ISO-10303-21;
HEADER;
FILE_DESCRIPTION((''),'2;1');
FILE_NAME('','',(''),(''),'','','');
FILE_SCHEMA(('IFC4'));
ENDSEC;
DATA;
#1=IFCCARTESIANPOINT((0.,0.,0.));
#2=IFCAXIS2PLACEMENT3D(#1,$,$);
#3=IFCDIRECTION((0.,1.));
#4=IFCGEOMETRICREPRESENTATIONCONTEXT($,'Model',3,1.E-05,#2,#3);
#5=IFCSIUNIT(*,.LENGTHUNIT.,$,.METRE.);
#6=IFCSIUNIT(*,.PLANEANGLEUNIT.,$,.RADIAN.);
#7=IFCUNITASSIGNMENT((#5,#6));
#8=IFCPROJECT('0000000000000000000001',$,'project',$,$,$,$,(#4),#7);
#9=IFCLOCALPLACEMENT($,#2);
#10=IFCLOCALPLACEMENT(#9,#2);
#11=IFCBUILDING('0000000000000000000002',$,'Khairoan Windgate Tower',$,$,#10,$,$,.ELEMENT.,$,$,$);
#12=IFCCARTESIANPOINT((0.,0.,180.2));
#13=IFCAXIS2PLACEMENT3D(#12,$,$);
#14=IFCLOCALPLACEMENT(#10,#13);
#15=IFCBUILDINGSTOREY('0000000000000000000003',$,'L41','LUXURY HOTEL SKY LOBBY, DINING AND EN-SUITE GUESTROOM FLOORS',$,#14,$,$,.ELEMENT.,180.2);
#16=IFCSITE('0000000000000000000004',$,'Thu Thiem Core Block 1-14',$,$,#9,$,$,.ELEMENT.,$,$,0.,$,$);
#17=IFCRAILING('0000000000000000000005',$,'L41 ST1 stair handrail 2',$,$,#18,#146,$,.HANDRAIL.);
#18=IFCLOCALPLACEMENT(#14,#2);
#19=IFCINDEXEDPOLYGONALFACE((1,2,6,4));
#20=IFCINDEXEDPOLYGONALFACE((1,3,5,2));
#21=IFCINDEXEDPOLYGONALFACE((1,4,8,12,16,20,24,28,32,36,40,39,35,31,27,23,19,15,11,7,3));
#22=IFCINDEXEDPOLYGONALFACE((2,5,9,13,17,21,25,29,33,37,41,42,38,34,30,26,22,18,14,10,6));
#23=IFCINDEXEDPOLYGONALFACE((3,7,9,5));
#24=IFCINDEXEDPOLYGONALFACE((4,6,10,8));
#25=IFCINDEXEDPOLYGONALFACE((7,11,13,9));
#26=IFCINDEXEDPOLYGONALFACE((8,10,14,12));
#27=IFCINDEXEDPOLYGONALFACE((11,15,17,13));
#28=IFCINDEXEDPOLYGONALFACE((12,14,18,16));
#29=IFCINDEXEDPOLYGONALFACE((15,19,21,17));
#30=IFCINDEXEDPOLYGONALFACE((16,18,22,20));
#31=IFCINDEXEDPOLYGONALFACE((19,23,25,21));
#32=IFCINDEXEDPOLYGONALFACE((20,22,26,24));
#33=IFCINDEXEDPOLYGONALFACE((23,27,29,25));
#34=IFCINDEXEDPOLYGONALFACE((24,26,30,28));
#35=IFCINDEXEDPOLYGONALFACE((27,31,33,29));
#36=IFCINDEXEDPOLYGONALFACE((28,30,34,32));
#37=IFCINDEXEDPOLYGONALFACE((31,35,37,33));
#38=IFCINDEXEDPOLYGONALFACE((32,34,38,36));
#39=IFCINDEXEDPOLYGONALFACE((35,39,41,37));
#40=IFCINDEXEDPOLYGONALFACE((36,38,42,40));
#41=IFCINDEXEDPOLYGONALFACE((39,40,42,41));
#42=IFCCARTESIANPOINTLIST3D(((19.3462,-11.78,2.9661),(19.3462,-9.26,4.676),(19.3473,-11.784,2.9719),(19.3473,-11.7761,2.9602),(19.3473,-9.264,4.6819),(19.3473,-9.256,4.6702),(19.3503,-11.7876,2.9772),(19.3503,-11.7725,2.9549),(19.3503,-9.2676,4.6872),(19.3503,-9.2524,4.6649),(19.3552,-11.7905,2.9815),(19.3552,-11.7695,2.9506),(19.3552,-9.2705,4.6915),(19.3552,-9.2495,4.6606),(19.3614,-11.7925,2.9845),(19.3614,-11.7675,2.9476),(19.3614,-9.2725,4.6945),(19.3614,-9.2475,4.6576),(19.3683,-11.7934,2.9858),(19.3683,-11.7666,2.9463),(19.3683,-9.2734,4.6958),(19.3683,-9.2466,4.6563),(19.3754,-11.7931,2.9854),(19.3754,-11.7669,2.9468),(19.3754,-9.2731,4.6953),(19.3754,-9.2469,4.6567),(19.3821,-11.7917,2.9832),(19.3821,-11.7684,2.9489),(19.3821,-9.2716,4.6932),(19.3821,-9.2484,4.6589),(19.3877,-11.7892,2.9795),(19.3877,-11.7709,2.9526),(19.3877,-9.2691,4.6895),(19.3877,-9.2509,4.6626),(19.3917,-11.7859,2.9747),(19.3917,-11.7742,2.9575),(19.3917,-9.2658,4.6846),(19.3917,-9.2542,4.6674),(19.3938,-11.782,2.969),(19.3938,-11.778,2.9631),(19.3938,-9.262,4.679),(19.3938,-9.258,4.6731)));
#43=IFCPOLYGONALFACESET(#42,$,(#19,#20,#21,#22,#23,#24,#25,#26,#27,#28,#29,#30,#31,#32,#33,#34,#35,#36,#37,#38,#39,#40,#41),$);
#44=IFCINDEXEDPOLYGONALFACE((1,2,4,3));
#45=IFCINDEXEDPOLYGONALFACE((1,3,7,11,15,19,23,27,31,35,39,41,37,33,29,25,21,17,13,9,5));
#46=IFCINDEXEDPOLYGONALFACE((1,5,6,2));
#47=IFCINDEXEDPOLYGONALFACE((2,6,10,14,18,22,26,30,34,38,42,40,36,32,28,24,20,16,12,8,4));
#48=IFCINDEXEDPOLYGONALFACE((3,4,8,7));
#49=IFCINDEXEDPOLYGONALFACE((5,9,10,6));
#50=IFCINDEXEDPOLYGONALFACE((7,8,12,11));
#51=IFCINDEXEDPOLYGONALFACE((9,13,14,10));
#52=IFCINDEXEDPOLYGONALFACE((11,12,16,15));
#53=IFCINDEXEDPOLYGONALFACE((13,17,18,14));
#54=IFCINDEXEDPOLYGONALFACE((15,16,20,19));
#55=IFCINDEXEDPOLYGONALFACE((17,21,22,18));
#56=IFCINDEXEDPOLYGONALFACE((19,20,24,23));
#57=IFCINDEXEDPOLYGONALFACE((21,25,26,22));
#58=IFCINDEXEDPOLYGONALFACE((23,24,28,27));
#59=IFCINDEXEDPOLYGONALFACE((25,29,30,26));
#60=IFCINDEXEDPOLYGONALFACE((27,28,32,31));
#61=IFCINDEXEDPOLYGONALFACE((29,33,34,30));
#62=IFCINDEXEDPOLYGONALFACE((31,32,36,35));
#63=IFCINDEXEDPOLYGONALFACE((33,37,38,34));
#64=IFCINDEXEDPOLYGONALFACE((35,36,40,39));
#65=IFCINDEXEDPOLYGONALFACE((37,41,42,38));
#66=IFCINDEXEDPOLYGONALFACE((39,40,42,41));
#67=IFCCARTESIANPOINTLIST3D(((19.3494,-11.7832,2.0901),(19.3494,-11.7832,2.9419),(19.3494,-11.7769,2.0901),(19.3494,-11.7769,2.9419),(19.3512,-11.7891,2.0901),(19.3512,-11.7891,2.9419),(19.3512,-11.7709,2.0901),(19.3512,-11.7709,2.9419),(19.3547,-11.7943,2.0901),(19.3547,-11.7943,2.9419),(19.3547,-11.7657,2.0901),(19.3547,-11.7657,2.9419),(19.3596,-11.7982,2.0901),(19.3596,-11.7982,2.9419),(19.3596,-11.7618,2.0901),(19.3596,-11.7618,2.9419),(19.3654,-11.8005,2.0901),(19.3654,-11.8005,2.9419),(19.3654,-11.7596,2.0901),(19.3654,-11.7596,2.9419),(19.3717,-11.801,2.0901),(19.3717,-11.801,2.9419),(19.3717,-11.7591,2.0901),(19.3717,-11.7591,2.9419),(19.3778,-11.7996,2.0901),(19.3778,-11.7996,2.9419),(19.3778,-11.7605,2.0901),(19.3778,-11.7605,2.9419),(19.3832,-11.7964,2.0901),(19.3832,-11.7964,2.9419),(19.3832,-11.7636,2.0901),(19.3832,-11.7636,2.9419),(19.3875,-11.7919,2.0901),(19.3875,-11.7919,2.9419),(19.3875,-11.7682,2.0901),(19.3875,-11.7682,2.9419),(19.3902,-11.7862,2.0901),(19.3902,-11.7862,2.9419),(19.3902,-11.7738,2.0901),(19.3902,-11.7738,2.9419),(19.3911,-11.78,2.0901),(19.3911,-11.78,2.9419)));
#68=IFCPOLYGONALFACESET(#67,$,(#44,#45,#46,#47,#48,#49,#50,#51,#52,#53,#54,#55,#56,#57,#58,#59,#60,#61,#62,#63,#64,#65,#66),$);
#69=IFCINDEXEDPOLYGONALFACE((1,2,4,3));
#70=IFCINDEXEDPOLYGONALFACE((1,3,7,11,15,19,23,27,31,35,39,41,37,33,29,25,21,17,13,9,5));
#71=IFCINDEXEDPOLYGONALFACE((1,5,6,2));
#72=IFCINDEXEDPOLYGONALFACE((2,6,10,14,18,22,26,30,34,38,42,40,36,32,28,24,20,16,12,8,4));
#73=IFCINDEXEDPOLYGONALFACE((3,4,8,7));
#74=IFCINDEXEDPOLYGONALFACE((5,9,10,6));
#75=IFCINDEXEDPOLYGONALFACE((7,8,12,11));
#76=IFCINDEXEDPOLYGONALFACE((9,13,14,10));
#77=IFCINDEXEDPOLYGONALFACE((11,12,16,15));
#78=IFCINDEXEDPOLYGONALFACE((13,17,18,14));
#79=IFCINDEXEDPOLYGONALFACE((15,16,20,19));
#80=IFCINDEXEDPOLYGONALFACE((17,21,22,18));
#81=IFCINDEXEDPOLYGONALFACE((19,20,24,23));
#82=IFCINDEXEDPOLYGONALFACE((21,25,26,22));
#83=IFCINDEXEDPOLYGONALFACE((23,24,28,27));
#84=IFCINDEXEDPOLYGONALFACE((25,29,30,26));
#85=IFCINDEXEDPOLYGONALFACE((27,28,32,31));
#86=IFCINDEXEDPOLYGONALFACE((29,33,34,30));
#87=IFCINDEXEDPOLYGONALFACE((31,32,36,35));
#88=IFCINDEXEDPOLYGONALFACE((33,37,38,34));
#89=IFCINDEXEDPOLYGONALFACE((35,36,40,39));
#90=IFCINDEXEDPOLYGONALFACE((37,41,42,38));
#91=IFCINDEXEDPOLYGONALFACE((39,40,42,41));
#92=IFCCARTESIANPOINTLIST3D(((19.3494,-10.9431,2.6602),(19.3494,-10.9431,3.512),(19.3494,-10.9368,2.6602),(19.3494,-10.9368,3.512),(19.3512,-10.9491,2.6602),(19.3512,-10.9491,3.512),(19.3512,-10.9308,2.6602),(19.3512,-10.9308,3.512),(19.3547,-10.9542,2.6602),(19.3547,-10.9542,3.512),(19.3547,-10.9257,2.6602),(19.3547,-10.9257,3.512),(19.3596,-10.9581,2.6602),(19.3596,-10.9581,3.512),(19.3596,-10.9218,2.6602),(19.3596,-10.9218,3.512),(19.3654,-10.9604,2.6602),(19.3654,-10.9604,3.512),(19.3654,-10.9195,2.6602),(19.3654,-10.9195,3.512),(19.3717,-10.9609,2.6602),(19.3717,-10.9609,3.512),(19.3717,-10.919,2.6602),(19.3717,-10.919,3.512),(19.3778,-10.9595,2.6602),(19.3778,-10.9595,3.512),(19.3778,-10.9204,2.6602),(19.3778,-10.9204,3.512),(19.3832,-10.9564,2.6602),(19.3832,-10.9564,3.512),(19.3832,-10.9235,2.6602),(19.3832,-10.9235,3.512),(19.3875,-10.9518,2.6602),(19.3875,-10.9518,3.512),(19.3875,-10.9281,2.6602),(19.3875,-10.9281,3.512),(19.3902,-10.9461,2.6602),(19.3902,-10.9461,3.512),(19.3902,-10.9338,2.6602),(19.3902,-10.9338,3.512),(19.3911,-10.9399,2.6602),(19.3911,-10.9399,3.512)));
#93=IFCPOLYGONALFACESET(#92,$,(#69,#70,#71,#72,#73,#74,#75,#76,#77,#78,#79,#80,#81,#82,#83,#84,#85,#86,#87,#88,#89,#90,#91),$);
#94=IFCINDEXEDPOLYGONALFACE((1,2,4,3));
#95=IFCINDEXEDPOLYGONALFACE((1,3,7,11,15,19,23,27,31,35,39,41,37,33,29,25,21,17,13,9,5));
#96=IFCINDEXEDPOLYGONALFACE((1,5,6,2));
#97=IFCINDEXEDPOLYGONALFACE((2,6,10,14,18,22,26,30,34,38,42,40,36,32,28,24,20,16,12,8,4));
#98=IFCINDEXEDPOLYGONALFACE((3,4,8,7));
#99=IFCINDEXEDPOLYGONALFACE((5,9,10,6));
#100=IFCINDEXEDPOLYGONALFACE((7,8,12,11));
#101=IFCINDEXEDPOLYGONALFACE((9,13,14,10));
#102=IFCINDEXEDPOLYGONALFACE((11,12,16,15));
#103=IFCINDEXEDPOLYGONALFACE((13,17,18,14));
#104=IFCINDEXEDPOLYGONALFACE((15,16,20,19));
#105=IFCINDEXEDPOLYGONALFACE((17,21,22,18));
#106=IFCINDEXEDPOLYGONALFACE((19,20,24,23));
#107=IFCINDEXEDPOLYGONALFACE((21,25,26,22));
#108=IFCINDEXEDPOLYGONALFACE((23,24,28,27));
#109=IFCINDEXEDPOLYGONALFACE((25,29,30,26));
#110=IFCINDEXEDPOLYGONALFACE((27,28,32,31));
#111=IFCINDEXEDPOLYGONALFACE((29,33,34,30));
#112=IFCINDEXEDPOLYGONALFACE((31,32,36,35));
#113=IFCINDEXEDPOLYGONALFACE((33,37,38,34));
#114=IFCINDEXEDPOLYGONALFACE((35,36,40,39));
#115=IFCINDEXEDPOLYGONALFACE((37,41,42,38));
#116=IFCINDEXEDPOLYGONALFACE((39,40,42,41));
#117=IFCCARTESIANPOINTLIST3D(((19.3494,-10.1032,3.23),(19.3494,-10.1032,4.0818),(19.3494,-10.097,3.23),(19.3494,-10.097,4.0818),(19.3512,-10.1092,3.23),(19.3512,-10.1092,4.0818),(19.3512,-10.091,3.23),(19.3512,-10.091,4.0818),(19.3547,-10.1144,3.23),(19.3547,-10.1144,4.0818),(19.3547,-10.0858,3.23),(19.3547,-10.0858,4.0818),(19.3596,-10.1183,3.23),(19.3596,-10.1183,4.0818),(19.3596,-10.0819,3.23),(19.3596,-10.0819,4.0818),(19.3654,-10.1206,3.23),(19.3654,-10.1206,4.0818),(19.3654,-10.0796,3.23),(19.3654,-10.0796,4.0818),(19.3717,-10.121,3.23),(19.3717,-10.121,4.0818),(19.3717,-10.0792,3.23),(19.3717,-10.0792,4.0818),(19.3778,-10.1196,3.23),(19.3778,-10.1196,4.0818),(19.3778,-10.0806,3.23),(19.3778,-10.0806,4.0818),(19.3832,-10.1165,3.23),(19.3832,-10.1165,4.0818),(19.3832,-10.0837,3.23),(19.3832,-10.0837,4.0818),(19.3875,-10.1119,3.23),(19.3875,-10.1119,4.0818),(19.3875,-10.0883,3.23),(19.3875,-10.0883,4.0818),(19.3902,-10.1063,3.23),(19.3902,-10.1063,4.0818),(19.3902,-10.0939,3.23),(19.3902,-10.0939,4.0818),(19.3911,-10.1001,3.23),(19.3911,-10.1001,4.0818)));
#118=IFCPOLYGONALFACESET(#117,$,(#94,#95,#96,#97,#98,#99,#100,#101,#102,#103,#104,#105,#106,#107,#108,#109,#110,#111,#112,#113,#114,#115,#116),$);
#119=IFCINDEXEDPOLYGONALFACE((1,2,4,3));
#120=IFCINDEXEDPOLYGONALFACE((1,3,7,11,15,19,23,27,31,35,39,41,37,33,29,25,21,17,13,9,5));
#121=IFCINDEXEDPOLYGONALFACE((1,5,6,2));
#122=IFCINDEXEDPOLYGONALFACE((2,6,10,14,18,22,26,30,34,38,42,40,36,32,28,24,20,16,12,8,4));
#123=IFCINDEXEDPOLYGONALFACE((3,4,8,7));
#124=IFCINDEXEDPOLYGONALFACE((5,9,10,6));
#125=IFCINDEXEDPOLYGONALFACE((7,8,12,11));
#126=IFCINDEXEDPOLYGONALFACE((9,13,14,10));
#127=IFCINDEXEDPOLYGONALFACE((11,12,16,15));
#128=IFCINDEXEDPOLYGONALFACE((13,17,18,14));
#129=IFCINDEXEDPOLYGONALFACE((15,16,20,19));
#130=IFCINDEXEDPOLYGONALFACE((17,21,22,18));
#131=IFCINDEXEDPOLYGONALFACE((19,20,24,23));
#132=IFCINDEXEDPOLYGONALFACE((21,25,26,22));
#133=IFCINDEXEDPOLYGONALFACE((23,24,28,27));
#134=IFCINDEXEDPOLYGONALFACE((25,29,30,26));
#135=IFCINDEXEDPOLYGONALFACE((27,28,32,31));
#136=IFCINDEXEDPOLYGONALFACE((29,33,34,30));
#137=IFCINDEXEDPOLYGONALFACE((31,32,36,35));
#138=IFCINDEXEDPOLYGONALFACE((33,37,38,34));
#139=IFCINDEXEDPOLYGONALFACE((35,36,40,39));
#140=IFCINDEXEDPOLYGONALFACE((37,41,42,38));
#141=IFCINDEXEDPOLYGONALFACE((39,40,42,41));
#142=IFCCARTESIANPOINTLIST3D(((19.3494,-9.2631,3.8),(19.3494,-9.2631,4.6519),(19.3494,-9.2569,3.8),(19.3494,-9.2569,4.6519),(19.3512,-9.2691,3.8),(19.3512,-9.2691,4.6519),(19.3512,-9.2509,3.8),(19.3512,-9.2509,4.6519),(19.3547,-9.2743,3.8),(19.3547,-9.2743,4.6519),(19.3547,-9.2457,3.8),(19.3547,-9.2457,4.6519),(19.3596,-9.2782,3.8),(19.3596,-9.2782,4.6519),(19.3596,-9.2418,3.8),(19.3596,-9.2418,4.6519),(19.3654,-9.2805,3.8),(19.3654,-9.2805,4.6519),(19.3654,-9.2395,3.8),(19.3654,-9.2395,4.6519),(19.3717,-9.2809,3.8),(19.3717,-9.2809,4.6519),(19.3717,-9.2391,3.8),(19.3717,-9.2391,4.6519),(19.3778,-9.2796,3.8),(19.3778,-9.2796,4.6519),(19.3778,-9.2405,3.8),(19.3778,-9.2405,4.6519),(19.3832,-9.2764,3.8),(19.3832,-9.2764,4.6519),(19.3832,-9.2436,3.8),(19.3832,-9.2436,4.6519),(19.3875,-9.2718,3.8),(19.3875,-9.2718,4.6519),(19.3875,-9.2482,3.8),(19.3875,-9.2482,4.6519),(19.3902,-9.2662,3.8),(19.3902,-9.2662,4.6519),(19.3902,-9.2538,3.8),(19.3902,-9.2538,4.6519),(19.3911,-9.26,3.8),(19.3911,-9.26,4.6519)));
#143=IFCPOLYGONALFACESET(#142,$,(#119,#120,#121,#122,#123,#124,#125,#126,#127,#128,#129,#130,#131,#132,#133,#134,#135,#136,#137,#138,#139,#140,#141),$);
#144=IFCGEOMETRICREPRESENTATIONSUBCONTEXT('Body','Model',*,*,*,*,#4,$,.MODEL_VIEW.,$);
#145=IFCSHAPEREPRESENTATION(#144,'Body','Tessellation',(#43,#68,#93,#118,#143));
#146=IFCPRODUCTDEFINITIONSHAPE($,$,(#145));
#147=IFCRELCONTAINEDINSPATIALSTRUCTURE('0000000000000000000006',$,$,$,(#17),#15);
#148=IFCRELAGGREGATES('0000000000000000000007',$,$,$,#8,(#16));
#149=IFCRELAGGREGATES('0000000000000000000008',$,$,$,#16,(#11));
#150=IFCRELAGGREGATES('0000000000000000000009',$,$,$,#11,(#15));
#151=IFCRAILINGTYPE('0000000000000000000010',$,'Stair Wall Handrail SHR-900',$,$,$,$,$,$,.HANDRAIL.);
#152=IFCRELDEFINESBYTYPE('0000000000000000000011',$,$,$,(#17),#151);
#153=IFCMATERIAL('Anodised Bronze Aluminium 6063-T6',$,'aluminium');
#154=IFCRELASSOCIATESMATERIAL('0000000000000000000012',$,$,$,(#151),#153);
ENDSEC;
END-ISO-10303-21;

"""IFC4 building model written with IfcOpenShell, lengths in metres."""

from ifc_helpers import new_model, si_unit, direction, frame, origin, origin_2d, place, context, subcontext, project, spatial, circle, extrude, material, type_object, element, save


model = new_model("IFC4")

# Units and contexts
model_context = context("Model", 3, precision=1e-05, world=origin(), true_north=direction((0.0, 1.0)))
body_context = subcontext(model_context, "Body", "Model", "MODEL_VIEW")
ifc_project = project(units=[si_unit("LENGTHUNIT", "METRE"), si_unit("PLANEANGLEUNIT", "RADIAN")], contexts=[model_context])

# Site, building, storey
site_placement = place(None, origin())
site = spatial("IfcSite", under=ifc_project, at=site_placement, Name="Thu Thiem Core Block 1-14", CompositionType="ELEMENT", RefElevation=0.0)
building_placement = place(site_placement, origin())
building = spatial("IfcBuilding", under=site, at=building_placement, Name="Khairoan Windgate Tower", CompositionType="ELEMENT")
storey_placement = place(building_placement, frame((0.0, 0.0, 180.2)))
storey = spatial("IfcBuildingStorey", under=building, at=storey_placement, Name="L41", Description="LUXURY HOTEL SKY LOBBY, DINING AND EN-SUITE GUESTROOM FLOORS", CompositionType="ELEMENT", Elevation=180.2)

# Railing
ifc_material_1 = material(Name="Anodised Bronze Aluminium 6063-T6", Category="aluminium")
railing_type_1 = type_object("IfcRailingType", Name="Stair Wall Handrail SHR-900", PredefinedType="HANDRAIL", material=ifc_material_1)
railing_1_placement = place(storey_placement, frame((19.3701, -11.78, 2.0901)))
element("IfcRailing", 1, at=railing_1_placement, inside=storey, type_object=railing_type_1, Name="L41 ST1 stair handrail 2", PredefinedType="HANDRAIL", context=body_context, shape_type="SweptSolid", body=[
    extrude(circle(Radius=0.0239, at=origin_2d()), frame((0.0, 0.0, 0.876), z_axis=(0.0, 0.827484, 0.56149), x_axis=(-1.0, 0.0, 0.0)), (0.0, 0.0, 1.0), 3.0454),
    extrude(circle(Radius=0.021, at=origin_2d()), origin(), (0.0, 0.0, 1.0), 0.8518),
    extrude(circle(Radius=0.021, at=origin_2d()), frame((0.0, 0.8401, 0.5701)), (0.0, 0.0, 1.0), 0.8518),
    extrude(circle(Radius=0.021, at=origin_2d()), frame((0.0, 1.6799, 1.1399)), (0.0, 0.0, 1.0), 0.8518),
    extrude(circle(Radius=0.021, at=origin_2d()), frame((0.0, 2.52, 1.71)), (0.0, 0.0, 1.0), 0.8518),
])

save(model, "model.ifc")
